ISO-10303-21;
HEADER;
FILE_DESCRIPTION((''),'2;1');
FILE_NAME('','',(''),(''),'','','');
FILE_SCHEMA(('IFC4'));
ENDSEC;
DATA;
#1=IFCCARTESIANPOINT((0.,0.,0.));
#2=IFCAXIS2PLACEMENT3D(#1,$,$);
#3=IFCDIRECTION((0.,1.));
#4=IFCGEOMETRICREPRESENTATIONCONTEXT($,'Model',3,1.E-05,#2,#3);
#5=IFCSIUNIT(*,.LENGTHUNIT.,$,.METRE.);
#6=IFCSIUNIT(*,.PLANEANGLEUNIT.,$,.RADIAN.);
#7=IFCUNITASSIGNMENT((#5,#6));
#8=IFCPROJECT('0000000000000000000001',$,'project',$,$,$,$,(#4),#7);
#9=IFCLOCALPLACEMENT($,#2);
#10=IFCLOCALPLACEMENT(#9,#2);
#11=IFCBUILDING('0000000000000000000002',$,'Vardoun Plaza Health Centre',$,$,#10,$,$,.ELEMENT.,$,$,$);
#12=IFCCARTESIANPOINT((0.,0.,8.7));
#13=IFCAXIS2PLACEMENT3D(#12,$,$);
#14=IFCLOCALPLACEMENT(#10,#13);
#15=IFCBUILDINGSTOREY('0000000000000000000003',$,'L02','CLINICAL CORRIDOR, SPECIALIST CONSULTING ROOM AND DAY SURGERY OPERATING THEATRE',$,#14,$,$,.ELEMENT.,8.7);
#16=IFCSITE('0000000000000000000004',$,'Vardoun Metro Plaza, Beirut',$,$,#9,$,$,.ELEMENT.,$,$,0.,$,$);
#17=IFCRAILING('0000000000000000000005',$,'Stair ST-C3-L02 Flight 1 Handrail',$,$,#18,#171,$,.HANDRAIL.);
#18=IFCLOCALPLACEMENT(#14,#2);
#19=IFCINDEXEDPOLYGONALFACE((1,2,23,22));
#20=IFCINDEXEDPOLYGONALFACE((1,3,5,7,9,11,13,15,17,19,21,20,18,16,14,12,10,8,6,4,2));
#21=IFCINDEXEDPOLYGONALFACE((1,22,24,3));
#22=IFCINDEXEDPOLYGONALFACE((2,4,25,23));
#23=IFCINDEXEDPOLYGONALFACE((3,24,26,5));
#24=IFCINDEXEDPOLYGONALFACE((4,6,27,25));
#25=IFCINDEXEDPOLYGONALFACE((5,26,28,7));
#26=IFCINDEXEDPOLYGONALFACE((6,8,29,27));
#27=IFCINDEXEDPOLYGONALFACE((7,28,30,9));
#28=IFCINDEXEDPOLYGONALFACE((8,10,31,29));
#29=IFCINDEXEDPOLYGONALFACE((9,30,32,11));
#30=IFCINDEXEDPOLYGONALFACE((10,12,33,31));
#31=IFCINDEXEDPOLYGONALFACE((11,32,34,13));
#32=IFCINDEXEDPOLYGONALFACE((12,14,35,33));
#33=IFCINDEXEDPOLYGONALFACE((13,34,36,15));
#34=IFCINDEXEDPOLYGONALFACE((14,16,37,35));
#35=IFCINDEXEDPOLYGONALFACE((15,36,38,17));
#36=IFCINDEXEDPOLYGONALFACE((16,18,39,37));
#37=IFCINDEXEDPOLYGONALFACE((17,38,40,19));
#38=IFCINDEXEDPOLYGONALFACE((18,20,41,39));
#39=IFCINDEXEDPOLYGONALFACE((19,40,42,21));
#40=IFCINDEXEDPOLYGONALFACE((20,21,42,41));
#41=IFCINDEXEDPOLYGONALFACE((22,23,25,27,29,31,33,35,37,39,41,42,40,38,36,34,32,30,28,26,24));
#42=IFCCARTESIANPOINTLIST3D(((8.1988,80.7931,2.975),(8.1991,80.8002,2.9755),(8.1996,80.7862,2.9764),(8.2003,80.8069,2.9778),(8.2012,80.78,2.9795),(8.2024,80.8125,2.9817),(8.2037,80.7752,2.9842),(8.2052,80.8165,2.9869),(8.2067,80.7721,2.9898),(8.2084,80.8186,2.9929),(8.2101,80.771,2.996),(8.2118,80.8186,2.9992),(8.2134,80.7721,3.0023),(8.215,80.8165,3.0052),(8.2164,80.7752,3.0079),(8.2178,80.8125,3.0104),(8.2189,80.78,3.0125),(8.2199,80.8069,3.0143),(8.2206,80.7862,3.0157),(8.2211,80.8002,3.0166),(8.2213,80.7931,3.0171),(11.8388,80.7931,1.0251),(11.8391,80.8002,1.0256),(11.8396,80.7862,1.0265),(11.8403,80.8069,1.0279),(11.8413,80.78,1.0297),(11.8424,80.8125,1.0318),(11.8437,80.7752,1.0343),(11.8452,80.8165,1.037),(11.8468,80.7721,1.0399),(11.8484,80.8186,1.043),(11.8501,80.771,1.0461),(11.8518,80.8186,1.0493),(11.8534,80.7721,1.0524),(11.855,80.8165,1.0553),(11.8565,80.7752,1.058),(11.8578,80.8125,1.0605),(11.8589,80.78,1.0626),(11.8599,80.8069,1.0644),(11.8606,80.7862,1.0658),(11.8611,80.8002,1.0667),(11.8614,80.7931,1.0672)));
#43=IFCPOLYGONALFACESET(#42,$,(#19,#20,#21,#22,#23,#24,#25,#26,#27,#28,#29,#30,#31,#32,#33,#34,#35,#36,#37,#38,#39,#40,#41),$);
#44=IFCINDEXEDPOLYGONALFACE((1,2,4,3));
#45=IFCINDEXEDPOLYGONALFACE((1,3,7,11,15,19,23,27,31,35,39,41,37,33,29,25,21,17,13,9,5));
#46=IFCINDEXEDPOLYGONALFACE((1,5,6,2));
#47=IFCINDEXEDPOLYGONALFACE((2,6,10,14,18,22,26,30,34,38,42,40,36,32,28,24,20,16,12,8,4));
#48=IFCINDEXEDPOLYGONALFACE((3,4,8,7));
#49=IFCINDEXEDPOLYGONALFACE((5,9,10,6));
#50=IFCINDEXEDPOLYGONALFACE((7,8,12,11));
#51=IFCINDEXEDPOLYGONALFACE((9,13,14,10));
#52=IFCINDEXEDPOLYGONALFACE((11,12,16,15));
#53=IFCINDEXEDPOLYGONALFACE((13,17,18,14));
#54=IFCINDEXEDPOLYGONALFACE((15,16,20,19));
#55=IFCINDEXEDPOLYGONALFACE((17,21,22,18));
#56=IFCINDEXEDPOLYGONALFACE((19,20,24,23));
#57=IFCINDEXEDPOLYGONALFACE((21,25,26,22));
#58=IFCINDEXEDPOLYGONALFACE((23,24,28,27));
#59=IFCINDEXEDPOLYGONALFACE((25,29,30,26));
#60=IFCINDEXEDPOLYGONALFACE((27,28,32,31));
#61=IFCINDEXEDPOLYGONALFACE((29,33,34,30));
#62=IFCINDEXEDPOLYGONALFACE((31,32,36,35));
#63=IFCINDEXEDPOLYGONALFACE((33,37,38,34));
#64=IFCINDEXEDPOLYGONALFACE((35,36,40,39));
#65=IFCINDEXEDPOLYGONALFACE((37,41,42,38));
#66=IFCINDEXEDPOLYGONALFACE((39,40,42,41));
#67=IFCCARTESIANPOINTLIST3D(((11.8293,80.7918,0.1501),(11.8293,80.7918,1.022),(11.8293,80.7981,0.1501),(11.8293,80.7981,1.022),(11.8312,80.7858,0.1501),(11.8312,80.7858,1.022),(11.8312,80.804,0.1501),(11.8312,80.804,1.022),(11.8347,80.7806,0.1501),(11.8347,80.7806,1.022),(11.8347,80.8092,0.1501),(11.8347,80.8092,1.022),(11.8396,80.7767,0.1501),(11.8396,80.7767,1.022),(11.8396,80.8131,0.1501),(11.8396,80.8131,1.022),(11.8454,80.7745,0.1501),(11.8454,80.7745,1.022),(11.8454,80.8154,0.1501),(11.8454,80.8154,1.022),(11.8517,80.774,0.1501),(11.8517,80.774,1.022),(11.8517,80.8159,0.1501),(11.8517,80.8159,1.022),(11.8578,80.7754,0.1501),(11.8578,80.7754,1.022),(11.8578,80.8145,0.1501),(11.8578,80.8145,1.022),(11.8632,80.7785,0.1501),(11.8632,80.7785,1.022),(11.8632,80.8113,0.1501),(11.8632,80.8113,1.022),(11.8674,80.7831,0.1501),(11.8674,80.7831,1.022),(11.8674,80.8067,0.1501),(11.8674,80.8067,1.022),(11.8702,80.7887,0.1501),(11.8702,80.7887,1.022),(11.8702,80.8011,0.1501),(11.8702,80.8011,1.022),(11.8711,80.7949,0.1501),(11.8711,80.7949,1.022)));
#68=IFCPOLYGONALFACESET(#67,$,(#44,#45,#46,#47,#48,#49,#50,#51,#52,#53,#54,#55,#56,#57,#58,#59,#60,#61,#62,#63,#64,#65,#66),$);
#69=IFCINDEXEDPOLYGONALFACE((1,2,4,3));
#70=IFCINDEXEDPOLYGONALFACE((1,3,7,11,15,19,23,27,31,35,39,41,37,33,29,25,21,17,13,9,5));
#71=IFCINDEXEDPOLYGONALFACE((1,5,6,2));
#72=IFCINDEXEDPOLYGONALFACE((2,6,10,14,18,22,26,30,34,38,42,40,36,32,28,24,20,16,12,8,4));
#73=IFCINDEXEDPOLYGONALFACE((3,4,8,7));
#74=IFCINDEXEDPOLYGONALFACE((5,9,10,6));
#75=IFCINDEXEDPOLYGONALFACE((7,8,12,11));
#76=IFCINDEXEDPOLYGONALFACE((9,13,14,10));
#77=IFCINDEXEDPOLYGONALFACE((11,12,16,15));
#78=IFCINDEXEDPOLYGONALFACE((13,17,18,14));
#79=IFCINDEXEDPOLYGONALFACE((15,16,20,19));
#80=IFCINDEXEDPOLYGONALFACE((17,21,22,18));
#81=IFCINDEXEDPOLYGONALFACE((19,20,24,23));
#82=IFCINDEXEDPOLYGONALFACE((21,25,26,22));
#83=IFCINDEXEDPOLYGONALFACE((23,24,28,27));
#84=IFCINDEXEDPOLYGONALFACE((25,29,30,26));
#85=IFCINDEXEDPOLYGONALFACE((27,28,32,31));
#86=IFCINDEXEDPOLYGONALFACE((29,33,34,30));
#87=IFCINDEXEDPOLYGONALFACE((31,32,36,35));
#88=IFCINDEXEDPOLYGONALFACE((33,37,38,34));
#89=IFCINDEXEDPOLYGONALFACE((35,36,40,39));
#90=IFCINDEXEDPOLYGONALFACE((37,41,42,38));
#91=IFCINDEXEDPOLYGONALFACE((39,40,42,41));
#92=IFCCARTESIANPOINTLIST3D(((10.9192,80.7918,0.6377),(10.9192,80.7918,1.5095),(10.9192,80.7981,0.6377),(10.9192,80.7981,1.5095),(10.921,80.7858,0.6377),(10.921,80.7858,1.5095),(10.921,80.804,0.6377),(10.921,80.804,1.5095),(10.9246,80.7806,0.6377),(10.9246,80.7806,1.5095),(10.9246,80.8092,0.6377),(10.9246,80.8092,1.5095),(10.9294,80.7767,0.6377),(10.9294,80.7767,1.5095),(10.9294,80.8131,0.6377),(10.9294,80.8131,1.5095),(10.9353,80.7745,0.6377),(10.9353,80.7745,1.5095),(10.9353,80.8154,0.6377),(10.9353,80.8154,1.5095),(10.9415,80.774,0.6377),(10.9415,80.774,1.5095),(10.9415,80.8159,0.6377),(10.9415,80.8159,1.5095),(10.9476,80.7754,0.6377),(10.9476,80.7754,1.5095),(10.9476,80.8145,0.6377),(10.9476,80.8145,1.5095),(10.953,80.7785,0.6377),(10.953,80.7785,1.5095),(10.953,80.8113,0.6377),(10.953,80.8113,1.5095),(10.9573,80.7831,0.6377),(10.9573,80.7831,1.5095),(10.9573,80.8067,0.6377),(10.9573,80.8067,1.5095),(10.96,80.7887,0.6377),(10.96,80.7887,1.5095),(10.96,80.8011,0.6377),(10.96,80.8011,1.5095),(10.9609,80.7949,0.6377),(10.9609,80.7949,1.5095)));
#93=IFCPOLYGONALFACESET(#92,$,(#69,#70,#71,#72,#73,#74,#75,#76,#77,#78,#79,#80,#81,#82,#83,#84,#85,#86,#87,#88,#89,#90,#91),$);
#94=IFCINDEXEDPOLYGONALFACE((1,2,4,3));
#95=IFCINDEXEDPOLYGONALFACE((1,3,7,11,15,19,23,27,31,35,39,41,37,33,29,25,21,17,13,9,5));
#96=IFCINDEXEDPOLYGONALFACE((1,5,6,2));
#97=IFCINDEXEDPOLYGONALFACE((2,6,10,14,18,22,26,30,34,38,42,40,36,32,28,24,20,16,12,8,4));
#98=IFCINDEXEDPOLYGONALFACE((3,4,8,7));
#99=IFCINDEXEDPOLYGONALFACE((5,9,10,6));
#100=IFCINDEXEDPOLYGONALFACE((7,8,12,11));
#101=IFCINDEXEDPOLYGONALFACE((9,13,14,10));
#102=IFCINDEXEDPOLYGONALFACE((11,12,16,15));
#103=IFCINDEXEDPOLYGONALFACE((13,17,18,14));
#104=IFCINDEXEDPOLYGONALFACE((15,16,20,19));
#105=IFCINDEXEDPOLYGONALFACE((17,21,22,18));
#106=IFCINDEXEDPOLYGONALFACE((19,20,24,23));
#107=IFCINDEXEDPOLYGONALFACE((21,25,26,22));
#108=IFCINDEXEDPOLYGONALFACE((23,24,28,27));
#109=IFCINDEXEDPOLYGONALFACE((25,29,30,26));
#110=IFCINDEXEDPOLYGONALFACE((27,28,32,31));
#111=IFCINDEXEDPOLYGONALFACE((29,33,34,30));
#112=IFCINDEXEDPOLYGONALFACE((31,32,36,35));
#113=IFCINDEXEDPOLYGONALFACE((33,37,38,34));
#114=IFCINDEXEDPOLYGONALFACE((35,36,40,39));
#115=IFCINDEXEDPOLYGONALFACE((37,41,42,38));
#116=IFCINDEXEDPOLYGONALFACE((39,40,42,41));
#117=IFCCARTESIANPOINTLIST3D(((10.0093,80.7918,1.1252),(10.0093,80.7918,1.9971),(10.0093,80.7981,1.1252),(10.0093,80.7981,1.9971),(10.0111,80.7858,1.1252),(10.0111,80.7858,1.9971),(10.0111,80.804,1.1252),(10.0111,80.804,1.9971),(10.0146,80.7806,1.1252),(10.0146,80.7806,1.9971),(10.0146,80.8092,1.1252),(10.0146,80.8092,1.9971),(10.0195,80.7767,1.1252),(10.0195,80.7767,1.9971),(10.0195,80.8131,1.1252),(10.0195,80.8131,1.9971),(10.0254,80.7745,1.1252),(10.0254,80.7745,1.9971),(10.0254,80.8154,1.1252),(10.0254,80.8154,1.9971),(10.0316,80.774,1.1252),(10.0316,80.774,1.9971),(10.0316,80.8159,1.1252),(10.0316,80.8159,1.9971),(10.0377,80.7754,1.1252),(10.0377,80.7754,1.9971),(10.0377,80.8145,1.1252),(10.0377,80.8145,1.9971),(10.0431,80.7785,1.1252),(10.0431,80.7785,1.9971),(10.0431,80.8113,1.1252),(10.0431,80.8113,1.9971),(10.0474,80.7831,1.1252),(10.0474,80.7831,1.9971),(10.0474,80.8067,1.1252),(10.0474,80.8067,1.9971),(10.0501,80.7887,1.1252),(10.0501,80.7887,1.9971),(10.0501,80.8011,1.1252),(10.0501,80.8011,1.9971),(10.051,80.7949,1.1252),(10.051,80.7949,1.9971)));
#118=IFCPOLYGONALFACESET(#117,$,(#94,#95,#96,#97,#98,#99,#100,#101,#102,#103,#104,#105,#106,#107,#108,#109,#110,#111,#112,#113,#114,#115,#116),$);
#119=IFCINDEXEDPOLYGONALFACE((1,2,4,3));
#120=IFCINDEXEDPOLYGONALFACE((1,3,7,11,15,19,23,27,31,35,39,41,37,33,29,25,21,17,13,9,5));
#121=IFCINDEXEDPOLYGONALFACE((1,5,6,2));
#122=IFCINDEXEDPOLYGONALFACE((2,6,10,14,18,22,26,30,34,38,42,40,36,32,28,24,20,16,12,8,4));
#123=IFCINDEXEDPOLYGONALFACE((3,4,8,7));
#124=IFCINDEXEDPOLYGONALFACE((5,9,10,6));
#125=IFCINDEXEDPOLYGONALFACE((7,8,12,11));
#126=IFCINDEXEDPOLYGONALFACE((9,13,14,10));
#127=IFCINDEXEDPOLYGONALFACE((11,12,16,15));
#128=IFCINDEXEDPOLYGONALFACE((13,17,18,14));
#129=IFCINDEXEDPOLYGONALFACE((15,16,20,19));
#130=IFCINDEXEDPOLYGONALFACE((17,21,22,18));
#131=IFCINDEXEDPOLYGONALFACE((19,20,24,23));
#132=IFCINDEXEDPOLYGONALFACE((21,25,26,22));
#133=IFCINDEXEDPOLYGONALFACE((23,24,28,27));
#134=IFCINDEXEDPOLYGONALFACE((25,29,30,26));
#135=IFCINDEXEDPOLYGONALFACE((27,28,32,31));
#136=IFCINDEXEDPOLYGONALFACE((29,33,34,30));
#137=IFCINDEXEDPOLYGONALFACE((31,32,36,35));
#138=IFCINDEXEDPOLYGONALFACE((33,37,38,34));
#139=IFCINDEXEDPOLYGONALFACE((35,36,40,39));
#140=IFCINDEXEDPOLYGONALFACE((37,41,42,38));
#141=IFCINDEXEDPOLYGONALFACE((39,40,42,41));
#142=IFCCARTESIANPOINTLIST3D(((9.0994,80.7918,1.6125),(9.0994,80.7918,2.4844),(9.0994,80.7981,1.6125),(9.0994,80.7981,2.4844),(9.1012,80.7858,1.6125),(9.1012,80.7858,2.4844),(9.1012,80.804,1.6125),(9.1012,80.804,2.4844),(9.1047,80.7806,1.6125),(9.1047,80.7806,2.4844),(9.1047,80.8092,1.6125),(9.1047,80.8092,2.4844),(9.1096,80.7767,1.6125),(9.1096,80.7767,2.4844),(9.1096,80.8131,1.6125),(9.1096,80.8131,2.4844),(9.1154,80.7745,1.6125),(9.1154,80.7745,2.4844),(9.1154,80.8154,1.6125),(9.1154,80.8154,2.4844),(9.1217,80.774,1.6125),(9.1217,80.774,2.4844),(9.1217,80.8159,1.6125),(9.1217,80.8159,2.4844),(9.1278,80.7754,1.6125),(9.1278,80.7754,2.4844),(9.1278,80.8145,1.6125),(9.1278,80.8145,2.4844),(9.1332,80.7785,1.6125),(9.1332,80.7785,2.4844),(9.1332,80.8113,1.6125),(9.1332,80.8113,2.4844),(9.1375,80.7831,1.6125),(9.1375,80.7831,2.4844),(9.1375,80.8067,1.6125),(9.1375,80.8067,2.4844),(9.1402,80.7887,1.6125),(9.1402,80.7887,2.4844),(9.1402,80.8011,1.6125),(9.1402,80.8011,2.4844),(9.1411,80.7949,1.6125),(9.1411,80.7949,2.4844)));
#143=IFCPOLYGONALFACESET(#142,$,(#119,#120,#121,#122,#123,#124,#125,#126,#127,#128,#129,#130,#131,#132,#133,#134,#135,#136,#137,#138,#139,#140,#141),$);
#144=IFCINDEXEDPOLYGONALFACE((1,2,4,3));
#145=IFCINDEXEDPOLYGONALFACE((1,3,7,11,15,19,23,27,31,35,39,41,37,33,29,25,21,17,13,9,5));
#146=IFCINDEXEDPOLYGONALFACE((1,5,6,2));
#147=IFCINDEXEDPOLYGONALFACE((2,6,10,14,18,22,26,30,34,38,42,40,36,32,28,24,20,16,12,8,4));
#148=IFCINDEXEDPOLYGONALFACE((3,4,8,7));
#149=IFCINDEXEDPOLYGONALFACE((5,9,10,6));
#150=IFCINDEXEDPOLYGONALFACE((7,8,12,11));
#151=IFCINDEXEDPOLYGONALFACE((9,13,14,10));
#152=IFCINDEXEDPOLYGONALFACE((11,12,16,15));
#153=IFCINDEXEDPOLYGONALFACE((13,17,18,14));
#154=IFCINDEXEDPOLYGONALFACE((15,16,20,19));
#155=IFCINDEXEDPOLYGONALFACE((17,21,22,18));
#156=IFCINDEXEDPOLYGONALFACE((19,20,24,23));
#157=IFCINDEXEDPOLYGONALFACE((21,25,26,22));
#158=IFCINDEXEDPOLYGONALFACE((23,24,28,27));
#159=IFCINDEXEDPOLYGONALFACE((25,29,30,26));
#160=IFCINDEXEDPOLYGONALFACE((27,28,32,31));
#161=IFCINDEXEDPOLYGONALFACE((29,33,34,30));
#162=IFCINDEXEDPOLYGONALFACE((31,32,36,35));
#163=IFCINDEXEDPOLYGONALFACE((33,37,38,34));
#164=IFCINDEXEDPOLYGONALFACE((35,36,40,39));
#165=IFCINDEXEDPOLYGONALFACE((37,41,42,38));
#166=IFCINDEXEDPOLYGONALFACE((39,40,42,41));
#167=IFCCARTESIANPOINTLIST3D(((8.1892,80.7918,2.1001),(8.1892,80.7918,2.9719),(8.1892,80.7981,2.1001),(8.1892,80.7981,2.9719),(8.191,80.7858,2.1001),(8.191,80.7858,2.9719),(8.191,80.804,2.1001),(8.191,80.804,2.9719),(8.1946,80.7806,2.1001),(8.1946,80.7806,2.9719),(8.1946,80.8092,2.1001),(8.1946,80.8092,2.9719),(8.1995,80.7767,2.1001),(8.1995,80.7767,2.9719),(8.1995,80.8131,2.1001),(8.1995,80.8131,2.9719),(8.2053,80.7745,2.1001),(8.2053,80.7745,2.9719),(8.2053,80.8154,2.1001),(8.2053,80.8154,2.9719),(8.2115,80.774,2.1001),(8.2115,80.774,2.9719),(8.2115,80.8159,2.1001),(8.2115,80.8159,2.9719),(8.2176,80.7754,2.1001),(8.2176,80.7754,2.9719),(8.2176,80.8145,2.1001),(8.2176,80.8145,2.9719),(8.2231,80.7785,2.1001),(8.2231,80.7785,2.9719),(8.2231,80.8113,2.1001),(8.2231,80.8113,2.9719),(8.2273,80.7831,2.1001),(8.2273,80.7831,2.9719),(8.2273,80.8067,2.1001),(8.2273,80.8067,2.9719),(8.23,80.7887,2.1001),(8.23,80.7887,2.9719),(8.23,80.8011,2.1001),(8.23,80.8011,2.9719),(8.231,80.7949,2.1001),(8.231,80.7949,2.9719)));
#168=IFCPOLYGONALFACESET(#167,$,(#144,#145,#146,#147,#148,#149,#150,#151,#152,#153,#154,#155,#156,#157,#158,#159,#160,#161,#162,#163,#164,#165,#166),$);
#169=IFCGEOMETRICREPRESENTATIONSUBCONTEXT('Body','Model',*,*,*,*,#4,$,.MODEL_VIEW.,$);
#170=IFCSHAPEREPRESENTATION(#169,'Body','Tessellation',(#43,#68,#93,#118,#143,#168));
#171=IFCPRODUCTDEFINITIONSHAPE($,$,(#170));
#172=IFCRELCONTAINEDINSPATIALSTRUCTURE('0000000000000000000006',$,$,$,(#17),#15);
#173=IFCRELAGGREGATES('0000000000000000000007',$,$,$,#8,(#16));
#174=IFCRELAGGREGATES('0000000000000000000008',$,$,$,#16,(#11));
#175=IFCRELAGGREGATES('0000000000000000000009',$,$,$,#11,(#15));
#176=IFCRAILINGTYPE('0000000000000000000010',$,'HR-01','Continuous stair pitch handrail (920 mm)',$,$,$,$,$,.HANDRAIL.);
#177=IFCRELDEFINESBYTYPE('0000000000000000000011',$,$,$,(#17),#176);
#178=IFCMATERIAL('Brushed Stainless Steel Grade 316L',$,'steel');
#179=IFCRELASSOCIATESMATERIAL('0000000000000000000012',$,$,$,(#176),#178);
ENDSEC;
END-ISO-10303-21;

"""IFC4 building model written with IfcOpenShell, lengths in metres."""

from ifc_helpers import new_model, si_unit, direction, frame, origin, origin_2d, place, context, subcontext, project, spatial, circle, extrude, material, type_object, element, save


model = new_model("IFC4")

# Units and contexts
model_context = context("Model", 3, precision=1e-05, world=origin(), true_north=direction((0.0, 1.0)))
body_context = subcontext(model_context, "Body", "Model", "MODEL_VIEW")
ifc_project = project(units=[si_unit("LENGTHUNIT", "METRE"), si_unit("PLANEANGLEUNIT", "RADIAN")], contexts=[model_context])

# Site, building, storey
site_placement = place(None, origin())
site = spatial("IfcSite", under=ifc_project, at=site_placement, Name="Vardoun Metro Plaza, Beirut", CompositionType="ELEMENT", RefElevation=0.0)
building_placement = place(site_placement, origin())
building = spatial("IfcBuilding", under=site, at=building_placement, Name="Vardoun Plaza Health Centre", CompositionType="ELEMENT")
storey_placement = place(building_placement, frame((0.0, 0.0, 8.7)))
storey = spatial("IfcBuildingStorey", under=building, at=storey_placement, Name="L02", Description="CLINICAL CORRIDOR, SPECIALIST CONSULTING ROOM AND DAY SURGERY OPERATING THEATRE", CompositionType="ELEMENT", Elevation=8.7)

# Railing
ifc_material_1 = material(Name="Brushed Stainless Steel Grade 316L", Category="steel")
railing_type_1 = type_object("IfcRailingType", Name="HR-01", Description="Continuous stair pitch handrail (920 mm)", PredefinedType="HANDRAIL", material=ifc_material_1)
railing_1_placement = place(storey_placement, frame((11.8501, 80.7949, 0.1501)))
element("IfcRailing", 1, at=railing_1_placement, inside=storey, type_object=railing_type_1, Name="Stair ST-C3-L02 Flight 1 Handrail", PredefinedType="HANDRAIL", context=body_context, shape_type="SweptSolid", body=[
    extrude(circle(Radius=0.0239, at=origin_2d()), frame((0.0, 0.0, 0.896), z_axis=(-0.881492, 0.0, 0.472198), x_axis=(0.0, -1.0, 0.0)), (0.0, 0.0, 1.0), 4.1294),
    extrude(circle(Radius=0.021, at=origin_2d()), origin(), (0.0, 0.0, 1.0), 0.8718),
    extrude(circle(Radius=0.021, at=origin_2d()), frame((-0.9102, 0.0, 0.4875)), (0.0, 0.0, 1.0), 0.8718),
    extrude(circle(Radius=0.021, at=origin_2d()), frame((-1.8201, 0.0, 0.9751)), (0.0, 0.0, 1.0), 0.8718),
    extrude(circle(Radius=0.021, at=origin_2d()), frame((-2.73, 0.0, 1.4624)), (0.0, 0.0, 1.0), 0.8718),
    extrude(circle(Radius=0.021, at=origin_2d()), frame((-3.6401, 0.0, 1.95)), (0.0, 0.0, 1.0), 0.8718),
])

save(model, "model.ifc")
